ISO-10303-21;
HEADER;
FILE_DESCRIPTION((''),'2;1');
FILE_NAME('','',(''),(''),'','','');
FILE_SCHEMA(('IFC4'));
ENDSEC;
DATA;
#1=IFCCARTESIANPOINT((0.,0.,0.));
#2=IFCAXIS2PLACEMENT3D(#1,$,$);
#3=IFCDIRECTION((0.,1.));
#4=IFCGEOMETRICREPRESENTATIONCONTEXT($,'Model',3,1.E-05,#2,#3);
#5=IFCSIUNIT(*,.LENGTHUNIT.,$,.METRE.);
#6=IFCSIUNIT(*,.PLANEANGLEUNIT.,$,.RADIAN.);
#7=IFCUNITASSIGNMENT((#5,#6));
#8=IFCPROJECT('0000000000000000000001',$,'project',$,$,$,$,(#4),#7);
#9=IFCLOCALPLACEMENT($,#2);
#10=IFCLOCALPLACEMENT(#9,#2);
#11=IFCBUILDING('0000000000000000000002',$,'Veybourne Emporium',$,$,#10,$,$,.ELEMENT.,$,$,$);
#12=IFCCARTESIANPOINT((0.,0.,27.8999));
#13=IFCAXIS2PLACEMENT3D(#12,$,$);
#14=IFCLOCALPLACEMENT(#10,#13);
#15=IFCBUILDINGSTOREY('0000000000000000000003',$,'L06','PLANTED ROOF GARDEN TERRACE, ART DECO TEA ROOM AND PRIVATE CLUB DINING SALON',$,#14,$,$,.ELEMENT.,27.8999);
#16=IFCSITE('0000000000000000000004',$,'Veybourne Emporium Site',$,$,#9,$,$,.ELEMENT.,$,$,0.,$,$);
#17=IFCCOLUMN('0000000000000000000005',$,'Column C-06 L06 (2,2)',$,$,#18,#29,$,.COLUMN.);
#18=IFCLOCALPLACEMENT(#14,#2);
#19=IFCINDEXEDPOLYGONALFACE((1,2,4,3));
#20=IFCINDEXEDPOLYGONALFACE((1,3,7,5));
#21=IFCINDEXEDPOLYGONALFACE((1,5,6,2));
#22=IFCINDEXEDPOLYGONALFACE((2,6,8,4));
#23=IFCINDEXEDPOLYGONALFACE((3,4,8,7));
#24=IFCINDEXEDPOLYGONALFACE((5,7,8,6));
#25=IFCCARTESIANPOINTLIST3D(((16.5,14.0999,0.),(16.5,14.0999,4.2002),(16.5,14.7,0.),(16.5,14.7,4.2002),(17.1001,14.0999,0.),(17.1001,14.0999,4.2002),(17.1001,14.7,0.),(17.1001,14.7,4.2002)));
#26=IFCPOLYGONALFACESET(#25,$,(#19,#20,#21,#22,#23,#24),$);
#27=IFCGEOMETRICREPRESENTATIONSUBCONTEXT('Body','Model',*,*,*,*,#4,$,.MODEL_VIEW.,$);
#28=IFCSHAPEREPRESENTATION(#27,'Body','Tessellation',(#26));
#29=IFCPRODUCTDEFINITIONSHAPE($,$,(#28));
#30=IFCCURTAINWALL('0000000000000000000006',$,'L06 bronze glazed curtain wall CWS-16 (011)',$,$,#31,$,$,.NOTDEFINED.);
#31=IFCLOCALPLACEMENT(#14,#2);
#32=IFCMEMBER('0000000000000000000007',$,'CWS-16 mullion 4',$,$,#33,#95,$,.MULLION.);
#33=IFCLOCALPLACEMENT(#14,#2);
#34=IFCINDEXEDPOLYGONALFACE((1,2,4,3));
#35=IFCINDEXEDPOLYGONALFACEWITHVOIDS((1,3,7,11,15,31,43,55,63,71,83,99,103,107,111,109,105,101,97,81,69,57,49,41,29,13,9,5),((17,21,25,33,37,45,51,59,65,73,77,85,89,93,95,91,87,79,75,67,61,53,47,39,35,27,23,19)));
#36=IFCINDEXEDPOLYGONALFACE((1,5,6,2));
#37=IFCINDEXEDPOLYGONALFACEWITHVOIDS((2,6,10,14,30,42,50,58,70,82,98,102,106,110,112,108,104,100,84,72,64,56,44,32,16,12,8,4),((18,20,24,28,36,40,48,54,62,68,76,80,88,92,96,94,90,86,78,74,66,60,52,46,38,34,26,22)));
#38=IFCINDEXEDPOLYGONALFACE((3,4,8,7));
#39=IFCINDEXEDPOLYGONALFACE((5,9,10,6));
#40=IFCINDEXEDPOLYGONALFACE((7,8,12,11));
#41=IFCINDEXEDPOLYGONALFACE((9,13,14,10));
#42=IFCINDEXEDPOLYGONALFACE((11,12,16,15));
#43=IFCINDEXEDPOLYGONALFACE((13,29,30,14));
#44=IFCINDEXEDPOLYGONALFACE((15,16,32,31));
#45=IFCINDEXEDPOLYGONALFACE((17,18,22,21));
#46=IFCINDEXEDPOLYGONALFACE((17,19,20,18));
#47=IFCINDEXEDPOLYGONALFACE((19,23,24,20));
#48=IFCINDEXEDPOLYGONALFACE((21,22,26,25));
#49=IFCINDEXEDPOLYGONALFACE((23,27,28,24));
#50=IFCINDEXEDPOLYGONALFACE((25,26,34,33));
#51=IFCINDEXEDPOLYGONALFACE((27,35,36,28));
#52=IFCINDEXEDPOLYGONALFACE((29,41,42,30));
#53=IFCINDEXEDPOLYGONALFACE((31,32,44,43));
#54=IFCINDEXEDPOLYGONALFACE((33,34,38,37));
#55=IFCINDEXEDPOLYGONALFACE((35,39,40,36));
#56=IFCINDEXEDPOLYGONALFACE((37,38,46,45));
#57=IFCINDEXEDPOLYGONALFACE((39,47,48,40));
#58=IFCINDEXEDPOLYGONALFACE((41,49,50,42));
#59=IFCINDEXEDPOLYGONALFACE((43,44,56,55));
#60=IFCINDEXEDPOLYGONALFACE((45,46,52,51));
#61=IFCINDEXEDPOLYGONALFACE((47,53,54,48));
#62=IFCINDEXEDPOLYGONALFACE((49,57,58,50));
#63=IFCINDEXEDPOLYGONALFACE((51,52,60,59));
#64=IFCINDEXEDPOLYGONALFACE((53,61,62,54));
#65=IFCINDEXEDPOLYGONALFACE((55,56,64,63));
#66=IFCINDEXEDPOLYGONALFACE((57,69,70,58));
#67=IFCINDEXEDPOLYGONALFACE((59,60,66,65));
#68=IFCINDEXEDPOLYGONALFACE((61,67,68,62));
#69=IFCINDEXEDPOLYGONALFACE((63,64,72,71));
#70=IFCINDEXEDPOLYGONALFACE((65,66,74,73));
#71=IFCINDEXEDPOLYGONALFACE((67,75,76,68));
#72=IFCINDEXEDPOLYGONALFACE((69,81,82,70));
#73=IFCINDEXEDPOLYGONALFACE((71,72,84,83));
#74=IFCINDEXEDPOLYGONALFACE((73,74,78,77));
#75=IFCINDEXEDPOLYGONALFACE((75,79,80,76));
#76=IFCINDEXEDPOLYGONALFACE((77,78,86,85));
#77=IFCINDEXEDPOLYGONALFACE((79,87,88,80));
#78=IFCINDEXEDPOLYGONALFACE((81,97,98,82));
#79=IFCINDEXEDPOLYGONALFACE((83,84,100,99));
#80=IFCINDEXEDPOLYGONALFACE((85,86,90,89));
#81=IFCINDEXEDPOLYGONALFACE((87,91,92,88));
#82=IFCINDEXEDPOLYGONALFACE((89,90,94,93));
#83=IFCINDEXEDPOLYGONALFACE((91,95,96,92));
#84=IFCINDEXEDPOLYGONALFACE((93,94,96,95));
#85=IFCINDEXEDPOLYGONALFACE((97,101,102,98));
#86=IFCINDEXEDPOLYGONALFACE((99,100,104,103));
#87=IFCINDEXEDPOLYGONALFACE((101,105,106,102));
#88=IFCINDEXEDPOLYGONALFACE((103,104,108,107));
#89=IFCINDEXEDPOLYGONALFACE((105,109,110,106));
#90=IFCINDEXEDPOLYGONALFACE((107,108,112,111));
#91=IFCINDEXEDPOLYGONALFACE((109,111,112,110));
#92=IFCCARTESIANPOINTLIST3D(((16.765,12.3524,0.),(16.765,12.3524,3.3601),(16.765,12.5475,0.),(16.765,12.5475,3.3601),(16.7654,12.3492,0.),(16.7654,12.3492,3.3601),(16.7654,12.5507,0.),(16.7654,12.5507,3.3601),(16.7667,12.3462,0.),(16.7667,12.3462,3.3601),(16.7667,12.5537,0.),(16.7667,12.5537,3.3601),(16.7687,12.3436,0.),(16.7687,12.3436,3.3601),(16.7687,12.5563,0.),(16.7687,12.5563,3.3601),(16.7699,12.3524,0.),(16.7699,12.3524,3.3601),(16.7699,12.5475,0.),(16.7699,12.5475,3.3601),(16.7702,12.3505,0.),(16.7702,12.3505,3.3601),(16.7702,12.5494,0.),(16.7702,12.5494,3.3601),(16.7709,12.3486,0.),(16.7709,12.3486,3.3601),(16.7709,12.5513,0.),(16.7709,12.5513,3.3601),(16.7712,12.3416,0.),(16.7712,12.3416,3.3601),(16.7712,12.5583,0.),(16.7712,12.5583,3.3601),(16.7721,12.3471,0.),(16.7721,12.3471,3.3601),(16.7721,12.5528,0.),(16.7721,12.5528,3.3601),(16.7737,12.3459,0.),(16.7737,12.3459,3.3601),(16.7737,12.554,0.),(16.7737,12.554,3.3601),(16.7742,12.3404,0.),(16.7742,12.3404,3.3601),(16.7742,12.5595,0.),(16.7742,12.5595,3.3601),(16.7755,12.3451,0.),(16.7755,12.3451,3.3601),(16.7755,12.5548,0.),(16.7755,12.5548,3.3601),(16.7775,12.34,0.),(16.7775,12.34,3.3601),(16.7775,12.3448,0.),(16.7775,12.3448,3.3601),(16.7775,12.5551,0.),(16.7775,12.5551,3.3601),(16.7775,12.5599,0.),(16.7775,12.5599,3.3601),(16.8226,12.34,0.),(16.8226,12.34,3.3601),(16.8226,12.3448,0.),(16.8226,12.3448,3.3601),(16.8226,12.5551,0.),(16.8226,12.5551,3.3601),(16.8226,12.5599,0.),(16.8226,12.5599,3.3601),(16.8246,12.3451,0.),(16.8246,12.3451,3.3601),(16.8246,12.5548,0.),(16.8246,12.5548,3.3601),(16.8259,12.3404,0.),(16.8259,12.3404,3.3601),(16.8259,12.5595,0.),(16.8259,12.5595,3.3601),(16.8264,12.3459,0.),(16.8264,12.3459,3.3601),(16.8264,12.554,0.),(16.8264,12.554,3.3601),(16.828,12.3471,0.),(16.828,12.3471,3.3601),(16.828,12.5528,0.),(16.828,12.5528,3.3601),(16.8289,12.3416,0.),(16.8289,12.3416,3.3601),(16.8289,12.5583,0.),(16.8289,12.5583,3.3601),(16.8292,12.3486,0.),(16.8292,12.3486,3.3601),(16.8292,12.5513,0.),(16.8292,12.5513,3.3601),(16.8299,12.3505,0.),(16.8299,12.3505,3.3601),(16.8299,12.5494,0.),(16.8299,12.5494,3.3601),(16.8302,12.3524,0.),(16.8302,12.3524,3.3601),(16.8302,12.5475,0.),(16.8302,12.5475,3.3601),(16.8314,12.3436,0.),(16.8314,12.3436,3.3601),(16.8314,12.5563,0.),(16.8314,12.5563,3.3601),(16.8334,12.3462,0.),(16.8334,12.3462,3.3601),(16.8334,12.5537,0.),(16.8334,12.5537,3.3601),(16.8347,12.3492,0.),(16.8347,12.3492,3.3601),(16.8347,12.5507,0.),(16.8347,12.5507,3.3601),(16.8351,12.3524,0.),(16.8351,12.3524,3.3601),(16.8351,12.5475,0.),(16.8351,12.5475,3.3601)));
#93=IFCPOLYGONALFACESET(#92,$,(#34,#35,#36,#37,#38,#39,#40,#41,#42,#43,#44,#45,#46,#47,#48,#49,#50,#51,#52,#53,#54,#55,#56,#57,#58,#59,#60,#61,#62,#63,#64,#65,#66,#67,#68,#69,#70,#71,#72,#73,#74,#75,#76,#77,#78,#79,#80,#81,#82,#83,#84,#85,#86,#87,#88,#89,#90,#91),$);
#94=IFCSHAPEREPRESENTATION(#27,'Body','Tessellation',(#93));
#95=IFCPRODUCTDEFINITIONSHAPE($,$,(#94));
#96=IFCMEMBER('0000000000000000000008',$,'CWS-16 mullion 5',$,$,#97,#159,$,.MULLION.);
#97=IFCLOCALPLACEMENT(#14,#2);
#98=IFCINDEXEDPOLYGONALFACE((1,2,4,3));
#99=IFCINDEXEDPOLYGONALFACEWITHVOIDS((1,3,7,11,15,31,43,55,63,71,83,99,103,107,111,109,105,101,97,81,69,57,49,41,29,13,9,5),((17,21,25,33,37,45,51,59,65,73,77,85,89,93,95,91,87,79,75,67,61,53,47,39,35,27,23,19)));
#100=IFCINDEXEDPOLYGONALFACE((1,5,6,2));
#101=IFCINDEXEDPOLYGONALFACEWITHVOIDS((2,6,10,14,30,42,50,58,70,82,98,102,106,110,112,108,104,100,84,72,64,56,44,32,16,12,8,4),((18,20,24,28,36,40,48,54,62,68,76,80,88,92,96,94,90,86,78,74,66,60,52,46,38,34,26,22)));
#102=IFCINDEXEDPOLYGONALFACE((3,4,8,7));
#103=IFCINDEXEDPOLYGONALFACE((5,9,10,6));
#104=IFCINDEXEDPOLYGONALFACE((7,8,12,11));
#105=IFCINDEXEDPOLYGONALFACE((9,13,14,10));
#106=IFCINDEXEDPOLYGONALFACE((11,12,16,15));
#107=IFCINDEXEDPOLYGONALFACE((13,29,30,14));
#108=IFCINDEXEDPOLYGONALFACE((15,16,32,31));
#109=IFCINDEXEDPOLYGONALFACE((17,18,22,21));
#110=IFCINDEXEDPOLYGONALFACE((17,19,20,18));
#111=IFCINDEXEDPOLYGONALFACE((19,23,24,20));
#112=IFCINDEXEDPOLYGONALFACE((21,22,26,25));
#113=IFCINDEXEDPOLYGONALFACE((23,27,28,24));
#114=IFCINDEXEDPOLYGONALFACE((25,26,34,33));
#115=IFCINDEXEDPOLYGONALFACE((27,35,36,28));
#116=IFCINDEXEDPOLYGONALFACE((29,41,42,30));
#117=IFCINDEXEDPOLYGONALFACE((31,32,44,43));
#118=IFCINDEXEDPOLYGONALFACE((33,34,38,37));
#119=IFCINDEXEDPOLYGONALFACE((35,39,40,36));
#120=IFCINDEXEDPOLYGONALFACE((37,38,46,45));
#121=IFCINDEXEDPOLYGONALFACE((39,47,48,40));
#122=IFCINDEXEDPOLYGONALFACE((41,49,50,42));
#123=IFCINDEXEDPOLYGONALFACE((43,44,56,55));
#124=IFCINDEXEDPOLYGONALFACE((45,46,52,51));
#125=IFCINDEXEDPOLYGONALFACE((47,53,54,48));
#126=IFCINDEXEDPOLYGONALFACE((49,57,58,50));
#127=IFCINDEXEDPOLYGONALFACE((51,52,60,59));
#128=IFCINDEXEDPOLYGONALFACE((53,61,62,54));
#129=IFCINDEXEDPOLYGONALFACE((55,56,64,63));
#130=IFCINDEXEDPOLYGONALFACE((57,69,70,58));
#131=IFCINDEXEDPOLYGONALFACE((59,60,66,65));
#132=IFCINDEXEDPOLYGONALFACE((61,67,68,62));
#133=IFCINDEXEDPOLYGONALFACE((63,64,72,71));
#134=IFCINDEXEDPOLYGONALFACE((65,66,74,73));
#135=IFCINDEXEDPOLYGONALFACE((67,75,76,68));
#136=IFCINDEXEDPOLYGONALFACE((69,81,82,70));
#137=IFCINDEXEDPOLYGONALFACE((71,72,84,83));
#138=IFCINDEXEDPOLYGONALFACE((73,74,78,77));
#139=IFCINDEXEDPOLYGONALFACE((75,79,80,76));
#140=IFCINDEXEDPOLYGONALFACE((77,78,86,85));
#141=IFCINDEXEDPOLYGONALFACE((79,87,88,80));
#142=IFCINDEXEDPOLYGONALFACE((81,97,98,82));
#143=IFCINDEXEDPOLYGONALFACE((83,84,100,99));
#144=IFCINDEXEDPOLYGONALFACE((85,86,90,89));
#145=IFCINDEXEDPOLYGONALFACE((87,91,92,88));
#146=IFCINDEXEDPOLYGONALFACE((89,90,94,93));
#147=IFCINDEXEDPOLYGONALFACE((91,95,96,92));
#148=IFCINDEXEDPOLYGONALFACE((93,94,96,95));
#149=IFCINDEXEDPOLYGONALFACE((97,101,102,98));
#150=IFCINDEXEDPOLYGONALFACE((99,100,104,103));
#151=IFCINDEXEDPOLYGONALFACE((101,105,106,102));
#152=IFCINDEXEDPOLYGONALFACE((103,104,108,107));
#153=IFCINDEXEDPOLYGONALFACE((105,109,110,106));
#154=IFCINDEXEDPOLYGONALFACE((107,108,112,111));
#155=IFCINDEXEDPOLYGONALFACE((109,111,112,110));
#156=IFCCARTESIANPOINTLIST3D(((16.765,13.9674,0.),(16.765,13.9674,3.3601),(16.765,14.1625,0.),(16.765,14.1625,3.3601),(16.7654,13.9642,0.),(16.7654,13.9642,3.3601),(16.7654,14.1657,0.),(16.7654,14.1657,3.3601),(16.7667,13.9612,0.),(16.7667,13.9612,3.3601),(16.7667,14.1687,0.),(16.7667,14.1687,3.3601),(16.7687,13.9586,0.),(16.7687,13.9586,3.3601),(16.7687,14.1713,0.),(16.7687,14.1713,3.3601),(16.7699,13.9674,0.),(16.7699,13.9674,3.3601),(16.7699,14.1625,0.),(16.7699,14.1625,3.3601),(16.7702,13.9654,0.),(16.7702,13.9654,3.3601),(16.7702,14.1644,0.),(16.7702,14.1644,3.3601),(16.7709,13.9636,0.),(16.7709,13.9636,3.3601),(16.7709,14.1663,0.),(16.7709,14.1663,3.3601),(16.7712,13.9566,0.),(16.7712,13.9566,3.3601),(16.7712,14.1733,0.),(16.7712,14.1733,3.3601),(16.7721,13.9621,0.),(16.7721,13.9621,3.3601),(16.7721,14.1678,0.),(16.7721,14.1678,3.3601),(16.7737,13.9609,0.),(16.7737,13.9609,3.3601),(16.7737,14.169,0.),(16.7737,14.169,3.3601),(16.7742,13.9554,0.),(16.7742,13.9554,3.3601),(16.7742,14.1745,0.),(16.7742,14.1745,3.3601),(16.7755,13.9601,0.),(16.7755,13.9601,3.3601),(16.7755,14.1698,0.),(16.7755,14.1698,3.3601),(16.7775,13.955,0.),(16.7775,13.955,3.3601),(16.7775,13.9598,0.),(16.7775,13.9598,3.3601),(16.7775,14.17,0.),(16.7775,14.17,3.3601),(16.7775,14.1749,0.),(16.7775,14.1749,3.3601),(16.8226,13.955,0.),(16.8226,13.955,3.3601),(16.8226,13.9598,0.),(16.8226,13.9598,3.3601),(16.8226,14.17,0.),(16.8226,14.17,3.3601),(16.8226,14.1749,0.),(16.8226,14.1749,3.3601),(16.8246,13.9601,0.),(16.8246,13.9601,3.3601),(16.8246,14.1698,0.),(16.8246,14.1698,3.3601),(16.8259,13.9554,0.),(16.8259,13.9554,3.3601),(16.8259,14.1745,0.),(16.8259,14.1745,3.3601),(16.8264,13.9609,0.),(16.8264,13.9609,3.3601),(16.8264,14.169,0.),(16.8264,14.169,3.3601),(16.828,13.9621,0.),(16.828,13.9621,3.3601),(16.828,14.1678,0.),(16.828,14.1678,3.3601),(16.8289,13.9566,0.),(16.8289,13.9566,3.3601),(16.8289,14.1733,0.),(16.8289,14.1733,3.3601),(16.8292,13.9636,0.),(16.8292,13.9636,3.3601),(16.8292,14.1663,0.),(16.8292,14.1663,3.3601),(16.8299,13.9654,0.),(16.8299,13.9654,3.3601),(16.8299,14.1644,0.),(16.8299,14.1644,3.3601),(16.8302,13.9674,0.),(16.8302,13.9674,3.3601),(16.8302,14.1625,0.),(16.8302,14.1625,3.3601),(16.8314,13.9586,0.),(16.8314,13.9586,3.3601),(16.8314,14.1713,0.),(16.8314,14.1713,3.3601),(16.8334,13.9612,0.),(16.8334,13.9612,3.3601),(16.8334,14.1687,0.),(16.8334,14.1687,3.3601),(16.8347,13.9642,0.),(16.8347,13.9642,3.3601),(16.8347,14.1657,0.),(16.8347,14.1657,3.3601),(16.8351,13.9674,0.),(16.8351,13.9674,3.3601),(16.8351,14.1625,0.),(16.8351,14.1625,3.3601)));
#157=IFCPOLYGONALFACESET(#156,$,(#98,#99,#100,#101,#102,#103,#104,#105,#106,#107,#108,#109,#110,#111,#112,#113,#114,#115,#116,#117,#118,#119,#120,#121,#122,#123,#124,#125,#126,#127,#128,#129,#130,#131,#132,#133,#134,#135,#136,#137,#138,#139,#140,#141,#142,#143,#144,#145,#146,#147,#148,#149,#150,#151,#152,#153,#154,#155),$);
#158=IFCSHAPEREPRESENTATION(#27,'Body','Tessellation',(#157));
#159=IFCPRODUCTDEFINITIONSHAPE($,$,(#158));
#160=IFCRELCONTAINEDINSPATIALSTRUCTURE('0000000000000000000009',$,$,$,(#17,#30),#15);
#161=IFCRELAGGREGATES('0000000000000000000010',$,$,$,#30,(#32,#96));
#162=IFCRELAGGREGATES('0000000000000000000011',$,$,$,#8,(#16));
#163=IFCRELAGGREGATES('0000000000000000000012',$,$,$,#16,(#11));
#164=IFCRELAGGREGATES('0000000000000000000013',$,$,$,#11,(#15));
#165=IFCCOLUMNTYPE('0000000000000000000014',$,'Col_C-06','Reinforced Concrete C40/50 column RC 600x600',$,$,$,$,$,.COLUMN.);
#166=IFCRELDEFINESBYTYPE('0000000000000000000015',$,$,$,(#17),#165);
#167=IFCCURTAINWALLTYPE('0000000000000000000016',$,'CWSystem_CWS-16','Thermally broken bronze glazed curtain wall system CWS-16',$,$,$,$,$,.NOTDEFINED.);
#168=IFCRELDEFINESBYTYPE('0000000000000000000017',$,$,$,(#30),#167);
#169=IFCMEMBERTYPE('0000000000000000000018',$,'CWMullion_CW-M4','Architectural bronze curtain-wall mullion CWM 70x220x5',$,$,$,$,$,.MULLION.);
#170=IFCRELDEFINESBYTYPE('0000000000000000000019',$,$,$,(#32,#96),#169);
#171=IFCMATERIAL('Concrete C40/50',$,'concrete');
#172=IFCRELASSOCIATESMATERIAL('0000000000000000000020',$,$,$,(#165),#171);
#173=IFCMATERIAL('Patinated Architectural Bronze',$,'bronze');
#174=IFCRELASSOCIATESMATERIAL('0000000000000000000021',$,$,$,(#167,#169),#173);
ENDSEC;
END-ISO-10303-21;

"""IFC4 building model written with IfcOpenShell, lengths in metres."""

from ifc_helpers import new_model, si_unit, direction, frame, origin, origin_2d, place, context, subcontext, project, spatial, rectangle, hollow_rectangle, extrude, material, material_profile, profile_set, type_object, element, aggregate, save


model = new_model("IFC4")

# Units and contexts
model_context = context("Model", 3, precision=1e-05, world=origin(), true_north=direction((0.0, 1.0)))
body_context = subcontext(model_context, "Body", "Model", "MODEL_VIEW")
ifc_project = project(units=[si_unit("LENGTHUNIT", "METRE"), si_unit("PLANEANGLEUNIT", "RADIAN")], contexts=[model_context])

# Site, building, storey
site_placement = place(None, origin())
site = spatial("IfcSite", under=ifc_project, at=site_placement, Name="Veybourne Emporium Site", CompositionType="ELEMENT", RefElevation=0.0)
building_placement = place(site_placement, origin())
building = spatial("IfcBuilding", under=site, at=building_placement, Name="Veybourne Emporium", CompositionType="ELEMENT")
storey_placement = place(building_placement, frame((0.0, 0.0, 27.8999)))
storey = spatial("IfcBuildingStorey", under=building, at=storey_placement, Name="L06", Description="PLANTED ROOF GARDEN TERRACE, ART DECO TEA ROOM AND PRIVATE CLUB DINING SALON", CompositionType="ELEMENT", Elevation=27.8999)

# Column
ifc_material_1 = material(Name="Concrete C40/50", Category="concrete")
ifc_material_profile_1 = material_profile(ifc_material_1, rectangle(XDim=0.6001, YDim=0.6001, at=origin_2d()), Name="RC 600x600")
ifc_profile_set_1 = profile_set([ifc_material_profile_1], Name="Concrete C40/50")
column_type = type_object("IfcColumnType", Name="Col_C-06", Description="Reinforced Concrete C40/50 column RC 600x600", PredefinedType="COLUMN", material=ifc_profile_set_1)
column_placement = place(storey_placement, frame((16.8, 14.3999, 0.0), z_axis=(0.0, 0.0, 1.0), x_axis=(1.0, 0.0, 0.0)))
element("IfcColumn", 1, at=column_placement, inside=storey, type_object=column_type, Name="Column C-06 L06 (2,2)", PredefinedType="COLUMN", context=body_context, shape_type="SweptSolid", body=[
    extrude(rectangle(XDim=0.6001, YDim=0.6001, at=origin_2d()), origin(), (0.0, 0.0, 1.0), 4.2002),
])

# Curtain wall, members
ifc_material_2 = material(Name="Patinated Architectural Bronze", Category="bronze")
curtain_wall_type = type_object("IfcCurtainWallType", Name="CWSystem_CWS-16", Description="Thermally broken bronze glazed curtain wall system CWS-16", PredefinedType="NOTDEFINED", material=ifc_material_2)
curtain_wall_placement = place(storey_placement, origin())
curtain_wall = element("IfcCurtainWall", 2, at=curtain_wall_placement, inside=storey, type_object=curtain_wall_type, Name="L06 bronze glazed curtain wall CWS-16 (011)", PredefinedType="NOTDEFINED")
ifc_material_profile_2 = material_profile(ifc_material_2, hollow_rectangle(XDim=0.0701, YDim=0.22, WallThickness=0.0049, InnerFilletRadius=0.0076, OuterFilletRadius=0.0125, at=origin_2d()), Name="CWM 70x220x5")
ifc_profile_set_2 = profile_set([ifc_material_profile_2], Name="Patinated Architectural Bronze")
member_type_1 = type_object("IfcMemberType", Name="CWMullion_CW-M4", Description="Architectural bronze curtain-wall mullion CWM 70x220x5", PredefinedType="MULLION", material=ifc_profile_set_2)
member_1_placement = place(storey_placement, frame((16.8, 12.45, 0.0), z_axis=(0.0, 0.0, 1.0), x_axis=(-1.0, 0.0, 0.0)))
member_1 = element("IfcMember", 3, at=member_1_placement, type_object=member_type_1, Name="CWS-16 mullion 4", PredefinedType="MULLION", context=body_context, shape_type="SweptSolid", body=[
    extrude(hollow_rectangle(XDim=0.0701, YDim=0.22, WallThickness=0.0049, InnerFilletRadius=0.0076, OuterFilletRadius=0.0125, at=origin_2d()), origin(), (0.0, 0.0, 1.0), 3.3601),
])
member_2_placement = place(storey_placement, frame((16.8, 14.0649, 0.0), z_axis=(0.0, 0.0, 1.0), x_axis=(-1.0, 0.0, 0.0)))
member_2 = element("IfcMember", 4, at=member_2_placement, type_object=member_type_1, Name="CWS-16 mullion 5", PredefinedType="MULLION", context=body_context, shape_type="SweptSolid", body=[
    extrude(hollow_rectangle(XDim=0.0701, YDim=0.22, WallThickness=0.0049, InnerFilletRadius=0.0076, OuterFilletRadius=0.0125, at=origin_2d()), origin(), (0.0, 0.0, 1.0), 3.3601),
])

aggregate(curtain_wall, [member_1, member_2])

save(model, "model.ifc")
